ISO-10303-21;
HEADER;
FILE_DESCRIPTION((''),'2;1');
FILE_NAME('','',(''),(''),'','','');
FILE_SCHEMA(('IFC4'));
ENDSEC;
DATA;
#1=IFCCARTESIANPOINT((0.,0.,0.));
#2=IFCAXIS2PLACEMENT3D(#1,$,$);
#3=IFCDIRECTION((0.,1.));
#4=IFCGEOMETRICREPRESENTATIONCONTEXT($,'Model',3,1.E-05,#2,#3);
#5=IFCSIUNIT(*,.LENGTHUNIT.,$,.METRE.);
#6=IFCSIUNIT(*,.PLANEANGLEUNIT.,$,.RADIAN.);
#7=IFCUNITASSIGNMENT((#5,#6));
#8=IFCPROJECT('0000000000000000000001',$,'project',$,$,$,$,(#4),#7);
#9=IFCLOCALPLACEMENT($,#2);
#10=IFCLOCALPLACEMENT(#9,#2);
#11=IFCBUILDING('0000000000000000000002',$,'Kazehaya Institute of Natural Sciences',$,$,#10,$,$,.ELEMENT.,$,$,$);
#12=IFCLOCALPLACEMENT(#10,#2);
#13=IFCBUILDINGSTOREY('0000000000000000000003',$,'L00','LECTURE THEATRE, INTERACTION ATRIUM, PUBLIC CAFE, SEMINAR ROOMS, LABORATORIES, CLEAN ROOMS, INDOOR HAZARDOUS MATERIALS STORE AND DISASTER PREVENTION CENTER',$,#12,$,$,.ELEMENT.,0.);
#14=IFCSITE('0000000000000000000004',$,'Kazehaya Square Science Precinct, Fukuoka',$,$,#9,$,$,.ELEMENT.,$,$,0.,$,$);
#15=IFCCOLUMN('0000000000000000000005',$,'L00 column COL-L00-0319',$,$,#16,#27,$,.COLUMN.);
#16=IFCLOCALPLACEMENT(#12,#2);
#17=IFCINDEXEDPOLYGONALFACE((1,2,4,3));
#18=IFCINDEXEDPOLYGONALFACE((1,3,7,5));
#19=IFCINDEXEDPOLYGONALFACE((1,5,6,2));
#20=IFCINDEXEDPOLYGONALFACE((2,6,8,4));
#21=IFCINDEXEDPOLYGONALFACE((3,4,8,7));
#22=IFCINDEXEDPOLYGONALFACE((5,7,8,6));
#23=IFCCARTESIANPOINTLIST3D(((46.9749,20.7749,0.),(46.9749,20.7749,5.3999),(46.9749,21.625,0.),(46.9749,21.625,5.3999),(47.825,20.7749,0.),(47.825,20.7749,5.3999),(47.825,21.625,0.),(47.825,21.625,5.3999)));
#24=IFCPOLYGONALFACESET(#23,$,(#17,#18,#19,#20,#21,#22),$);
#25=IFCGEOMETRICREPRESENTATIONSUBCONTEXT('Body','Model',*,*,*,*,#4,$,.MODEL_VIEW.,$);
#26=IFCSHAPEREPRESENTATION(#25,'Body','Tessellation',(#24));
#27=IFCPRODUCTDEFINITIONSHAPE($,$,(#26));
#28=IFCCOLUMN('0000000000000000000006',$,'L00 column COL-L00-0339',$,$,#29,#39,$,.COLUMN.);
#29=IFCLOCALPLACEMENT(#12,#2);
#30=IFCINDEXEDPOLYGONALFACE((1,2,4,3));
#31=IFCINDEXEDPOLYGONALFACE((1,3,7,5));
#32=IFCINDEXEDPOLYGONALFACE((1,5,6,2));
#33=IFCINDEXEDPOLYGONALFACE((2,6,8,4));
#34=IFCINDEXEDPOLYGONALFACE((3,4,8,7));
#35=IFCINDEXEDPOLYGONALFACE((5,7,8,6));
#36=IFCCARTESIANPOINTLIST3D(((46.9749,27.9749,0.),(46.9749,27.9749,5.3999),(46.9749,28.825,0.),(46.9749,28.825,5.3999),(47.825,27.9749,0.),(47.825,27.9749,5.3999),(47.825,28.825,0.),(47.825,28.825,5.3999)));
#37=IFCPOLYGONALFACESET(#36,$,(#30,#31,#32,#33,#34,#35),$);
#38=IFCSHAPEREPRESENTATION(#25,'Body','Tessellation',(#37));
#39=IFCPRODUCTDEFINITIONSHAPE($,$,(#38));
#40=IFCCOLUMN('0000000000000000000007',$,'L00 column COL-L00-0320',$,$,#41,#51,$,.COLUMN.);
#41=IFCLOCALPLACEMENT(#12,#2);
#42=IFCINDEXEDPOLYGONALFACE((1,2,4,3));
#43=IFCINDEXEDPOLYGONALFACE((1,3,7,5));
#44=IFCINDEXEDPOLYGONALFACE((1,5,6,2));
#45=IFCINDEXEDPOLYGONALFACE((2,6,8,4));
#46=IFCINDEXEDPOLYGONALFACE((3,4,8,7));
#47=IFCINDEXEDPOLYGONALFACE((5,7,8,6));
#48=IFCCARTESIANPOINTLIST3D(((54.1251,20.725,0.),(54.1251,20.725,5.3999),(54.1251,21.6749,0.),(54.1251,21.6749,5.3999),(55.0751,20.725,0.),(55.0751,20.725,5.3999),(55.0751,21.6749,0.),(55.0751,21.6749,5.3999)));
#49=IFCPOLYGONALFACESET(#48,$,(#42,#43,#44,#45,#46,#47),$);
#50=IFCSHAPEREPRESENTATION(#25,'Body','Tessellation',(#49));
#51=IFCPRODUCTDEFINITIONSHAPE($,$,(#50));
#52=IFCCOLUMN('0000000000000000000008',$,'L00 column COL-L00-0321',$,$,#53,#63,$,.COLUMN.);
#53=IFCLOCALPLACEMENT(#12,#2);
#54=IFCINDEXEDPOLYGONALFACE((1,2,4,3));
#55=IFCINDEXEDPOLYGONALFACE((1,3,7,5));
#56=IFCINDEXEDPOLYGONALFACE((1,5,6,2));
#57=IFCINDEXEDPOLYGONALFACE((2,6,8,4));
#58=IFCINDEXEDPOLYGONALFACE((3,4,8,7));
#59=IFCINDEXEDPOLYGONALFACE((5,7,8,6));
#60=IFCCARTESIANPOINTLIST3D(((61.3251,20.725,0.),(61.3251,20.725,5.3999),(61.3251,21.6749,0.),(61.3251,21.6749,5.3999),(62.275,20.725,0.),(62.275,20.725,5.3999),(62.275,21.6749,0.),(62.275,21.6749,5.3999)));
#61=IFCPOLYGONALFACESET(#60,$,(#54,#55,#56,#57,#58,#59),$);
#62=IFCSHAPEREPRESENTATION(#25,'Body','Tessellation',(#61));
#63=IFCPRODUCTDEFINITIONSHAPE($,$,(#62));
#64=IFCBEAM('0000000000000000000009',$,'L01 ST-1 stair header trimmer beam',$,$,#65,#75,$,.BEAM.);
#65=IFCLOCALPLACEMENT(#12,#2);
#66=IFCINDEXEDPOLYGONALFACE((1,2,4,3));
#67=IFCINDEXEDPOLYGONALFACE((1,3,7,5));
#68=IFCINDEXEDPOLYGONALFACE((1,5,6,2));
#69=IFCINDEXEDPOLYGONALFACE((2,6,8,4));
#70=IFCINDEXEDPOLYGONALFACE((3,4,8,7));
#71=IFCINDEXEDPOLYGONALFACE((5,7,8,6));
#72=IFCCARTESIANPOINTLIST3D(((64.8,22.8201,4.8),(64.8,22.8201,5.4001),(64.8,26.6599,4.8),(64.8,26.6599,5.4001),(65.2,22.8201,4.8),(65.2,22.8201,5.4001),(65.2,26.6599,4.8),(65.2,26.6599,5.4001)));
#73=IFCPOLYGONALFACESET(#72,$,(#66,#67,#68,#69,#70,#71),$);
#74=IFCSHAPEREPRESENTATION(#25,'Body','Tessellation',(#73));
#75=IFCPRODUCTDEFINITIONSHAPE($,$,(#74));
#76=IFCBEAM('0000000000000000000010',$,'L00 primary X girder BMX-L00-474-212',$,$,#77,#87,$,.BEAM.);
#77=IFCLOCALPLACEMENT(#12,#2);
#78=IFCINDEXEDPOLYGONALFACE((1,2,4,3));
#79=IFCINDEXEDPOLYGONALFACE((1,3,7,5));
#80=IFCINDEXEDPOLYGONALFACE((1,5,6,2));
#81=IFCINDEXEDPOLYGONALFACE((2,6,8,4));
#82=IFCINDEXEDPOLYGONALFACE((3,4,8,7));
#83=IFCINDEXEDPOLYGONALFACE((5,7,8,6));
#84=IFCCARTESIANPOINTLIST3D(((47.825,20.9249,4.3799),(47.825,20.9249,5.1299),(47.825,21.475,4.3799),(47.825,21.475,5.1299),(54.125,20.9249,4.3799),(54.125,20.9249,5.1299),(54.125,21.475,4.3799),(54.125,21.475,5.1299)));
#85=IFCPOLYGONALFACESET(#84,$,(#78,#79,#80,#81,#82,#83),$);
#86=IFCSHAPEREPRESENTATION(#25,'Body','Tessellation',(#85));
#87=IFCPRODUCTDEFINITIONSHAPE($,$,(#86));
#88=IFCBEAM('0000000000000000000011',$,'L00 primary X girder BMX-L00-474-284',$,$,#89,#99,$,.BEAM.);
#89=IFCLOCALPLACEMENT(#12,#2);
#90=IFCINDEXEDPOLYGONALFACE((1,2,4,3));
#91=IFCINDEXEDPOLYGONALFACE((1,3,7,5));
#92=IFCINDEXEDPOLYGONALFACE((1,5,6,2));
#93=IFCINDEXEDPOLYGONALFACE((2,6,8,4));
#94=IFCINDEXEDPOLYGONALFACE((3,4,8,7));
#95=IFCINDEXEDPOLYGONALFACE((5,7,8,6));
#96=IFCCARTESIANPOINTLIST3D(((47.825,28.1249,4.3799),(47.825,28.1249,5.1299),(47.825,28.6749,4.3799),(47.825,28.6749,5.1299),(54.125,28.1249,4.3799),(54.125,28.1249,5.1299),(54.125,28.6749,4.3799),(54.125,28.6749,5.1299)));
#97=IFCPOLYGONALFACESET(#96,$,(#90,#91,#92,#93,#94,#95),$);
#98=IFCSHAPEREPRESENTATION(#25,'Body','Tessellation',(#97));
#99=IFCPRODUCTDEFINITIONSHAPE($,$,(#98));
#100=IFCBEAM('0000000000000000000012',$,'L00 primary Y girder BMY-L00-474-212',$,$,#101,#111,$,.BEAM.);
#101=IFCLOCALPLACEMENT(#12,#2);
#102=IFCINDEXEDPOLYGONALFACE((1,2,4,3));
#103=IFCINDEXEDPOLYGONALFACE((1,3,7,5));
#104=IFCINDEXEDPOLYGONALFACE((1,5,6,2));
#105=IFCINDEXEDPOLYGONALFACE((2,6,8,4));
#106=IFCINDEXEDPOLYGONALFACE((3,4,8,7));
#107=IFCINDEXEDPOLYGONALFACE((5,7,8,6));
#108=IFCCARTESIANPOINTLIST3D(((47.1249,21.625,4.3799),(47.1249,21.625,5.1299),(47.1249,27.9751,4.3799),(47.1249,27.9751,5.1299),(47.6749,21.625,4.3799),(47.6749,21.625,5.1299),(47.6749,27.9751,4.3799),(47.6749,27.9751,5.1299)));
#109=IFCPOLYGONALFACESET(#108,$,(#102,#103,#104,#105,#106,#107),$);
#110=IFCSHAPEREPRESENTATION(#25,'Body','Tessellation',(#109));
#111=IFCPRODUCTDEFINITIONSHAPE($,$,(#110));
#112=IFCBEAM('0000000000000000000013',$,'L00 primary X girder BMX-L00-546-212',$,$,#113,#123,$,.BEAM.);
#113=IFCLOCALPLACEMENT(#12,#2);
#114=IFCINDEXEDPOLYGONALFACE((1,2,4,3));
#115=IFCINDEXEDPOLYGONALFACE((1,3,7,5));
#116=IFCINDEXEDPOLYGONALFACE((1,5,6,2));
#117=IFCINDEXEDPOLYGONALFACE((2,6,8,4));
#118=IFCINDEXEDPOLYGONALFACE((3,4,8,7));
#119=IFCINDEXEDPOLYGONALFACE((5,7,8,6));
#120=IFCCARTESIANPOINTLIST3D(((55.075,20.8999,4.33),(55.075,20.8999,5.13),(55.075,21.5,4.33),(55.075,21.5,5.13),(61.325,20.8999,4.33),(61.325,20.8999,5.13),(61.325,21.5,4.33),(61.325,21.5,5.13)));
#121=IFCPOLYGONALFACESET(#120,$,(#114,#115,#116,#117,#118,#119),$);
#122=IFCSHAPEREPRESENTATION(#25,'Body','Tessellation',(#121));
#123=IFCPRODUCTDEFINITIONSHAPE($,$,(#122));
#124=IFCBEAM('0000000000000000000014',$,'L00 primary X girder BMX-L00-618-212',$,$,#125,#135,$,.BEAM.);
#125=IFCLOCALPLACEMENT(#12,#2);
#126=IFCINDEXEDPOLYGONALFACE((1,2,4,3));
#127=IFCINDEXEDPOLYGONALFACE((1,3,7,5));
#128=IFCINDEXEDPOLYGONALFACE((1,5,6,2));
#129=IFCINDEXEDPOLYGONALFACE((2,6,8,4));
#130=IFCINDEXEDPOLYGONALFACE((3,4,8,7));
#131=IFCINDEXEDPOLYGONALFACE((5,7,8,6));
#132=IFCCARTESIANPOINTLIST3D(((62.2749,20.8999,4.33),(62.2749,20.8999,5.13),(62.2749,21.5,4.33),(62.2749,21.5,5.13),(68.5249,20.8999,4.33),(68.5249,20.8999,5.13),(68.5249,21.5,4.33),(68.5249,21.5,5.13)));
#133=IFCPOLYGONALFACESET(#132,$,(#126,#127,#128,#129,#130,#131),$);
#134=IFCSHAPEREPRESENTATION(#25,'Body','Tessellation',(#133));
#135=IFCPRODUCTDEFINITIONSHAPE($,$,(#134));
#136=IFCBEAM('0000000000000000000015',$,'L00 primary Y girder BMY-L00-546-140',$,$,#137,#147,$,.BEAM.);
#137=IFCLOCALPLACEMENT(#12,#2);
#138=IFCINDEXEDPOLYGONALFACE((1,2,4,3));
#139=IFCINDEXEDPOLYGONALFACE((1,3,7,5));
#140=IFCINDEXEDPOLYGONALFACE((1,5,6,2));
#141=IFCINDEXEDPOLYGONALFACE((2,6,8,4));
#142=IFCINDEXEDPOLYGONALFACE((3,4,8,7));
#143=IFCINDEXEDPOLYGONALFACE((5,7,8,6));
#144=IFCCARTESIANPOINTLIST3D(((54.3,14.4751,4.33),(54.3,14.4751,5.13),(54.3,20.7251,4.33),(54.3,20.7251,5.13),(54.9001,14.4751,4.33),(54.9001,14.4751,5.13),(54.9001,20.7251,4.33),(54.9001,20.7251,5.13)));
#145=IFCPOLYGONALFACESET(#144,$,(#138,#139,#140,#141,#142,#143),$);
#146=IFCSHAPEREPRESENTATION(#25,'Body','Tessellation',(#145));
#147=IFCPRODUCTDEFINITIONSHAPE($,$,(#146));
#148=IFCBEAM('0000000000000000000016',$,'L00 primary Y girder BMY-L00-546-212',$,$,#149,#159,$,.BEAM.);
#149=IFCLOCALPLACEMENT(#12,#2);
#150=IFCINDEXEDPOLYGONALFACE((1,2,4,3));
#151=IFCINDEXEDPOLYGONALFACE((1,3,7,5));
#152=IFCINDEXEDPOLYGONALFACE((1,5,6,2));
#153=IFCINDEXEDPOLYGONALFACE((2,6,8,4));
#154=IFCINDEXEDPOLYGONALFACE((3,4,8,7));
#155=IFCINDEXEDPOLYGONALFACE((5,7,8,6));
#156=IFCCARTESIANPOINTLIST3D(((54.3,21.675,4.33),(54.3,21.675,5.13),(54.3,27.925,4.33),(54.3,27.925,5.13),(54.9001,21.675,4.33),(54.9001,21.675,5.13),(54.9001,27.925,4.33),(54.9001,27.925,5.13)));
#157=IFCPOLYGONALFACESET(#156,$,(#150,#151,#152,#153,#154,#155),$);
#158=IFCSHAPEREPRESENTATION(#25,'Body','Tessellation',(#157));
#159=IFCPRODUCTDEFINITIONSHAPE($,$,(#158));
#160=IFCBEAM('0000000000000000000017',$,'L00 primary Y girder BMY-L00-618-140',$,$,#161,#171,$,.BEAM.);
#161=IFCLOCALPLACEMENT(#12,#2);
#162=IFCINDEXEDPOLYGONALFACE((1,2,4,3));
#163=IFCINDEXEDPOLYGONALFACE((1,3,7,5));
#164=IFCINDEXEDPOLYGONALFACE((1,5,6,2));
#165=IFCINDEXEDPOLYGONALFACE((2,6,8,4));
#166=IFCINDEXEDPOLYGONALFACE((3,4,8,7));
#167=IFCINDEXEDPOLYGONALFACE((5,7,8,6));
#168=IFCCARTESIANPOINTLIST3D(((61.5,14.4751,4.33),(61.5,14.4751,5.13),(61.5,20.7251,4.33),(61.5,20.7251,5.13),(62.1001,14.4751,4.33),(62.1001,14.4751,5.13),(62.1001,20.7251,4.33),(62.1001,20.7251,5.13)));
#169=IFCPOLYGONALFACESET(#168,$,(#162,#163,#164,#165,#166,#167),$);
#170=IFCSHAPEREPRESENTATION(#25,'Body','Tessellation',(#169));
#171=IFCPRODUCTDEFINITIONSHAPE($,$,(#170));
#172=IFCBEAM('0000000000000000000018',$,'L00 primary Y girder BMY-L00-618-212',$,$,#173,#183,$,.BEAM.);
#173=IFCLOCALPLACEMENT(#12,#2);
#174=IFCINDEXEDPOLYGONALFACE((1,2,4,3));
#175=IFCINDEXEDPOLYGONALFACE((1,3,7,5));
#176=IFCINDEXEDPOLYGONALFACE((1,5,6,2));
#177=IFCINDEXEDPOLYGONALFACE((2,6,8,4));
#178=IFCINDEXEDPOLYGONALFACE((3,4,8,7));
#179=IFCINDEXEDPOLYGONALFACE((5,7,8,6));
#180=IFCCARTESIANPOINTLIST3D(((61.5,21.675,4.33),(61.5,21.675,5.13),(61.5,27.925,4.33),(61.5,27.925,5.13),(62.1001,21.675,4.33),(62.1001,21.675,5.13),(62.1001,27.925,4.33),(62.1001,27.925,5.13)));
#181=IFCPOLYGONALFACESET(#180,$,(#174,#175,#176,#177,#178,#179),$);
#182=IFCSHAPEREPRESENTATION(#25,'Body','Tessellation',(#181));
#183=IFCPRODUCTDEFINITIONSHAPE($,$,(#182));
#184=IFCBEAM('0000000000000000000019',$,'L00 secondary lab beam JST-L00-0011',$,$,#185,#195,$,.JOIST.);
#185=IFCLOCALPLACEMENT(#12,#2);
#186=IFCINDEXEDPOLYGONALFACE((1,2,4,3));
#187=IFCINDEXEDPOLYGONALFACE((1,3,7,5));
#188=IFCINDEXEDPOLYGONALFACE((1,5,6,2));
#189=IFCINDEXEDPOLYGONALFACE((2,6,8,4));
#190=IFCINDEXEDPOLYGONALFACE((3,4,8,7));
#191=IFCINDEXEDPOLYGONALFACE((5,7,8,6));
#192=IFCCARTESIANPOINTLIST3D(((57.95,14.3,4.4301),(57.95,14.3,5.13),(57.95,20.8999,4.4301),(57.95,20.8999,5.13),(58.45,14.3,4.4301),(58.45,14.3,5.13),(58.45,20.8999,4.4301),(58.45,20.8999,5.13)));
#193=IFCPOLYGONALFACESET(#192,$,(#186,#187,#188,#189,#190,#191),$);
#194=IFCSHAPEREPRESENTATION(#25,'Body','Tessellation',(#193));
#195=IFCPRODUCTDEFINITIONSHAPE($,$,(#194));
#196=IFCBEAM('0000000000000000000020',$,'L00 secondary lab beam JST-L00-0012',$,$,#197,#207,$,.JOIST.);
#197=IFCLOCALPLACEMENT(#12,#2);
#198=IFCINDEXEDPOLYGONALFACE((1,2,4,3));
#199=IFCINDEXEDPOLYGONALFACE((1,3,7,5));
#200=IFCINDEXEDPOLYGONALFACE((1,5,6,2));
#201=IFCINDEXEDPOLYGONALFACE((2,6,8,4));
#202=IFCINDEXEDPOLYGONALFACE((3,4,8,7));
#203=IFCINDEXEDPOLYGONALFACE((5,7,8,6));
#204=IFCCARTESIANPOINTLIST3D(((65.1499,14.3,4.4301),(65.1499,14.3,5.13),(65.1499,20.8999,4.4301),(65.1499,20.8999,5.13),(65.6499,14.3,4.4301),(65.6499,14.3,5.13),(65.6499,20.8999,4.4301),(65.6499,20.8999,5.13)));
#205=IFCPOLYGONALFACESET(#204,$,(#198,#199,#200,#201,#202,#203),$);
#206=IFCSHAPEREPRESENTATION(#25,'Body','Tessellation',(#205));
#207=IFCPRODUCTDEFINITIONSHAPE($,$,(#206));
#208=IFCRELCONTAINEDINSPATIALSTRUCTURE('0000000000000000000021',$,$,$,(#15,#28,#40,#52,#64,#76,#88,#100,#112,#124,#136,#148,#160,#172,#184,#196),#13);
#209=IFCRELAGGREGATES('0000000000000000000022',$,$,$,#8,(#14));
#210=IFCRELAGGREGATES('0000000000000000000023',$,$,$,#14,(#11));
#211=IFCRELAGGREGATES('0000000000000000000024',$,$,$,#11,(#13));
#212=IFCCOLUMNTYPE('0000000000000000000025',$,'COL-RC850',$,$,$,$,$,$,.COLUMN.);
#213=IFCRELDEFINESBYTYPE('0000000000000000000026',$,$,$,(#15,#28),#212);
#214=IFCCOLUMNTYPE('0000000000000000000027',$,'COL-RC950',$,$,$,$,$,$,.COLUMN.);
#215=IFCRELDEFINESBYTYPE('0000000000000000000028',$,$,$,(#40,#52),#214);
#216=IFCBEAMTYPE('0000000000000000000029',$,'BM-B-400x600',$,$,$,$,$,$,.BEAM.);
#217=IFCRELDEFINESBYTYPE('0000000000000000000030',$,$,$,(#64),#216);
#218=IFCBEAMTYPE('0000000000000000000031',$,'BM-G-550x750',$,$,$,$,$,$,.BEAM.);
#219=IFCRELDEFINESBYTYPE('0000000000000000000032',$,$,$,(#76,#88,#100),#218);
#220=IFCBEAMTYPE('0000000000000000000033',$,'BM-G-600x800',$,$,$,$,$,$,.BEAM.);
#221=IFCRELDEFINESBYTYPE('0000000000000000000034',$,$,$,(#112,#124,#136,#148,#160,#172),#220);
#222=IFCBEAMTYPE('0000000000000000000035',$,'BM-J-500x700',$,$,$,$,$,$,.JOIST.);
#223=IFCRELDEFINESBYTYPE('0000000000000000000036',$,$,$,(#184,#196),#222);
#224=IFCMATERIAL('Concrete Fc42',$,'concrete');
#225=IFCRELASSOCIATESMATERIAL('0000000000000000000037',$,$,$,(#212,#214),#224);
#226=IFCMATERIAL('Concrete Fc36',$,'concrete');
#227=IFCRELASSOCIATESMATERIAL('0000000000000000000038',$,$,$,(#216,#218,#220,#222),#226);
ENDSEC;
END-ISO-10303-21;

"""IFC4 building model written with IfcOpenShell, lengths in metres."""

from ifc_helpers import new_model, si_unit, direction, frame, origin, origin_2d, place, context, subcontext, project, spatial, rectangle, extrude, material, material_profile, profile_set, type_object, element, save


model = new_model("IFC4")

# Units and contexts
model_context = context("Model", 3, precision=1e-05, world=origin(), true_north=direction((0.0, 1.0)))
body_context = subcontext(model_context, "Body", "Model", "MODEL_VIEW")
ifc_project = project(units=[si_unit("LENGTHUNIT", "METRE"), si_unit("PLANEANGLEUNIT", "RADIAN")], contexts=[model_context])

# Site, building, storey
site_placement = place(None, origin())
site = spatial("IfcSite", under=ifc_project, at=site_placement, Name="Kazehaya Square Science Precinct, Fukuoka", CompositionType="ELEMENT", RefElevation=0.0)
building_placement = place(site_placement, origin())
building = spatial("IfcBuilding", under=site, at=building_placement, Name="Kazehaya Institute of Natural Sciences", CompositionType="ELEMENT")
storey_placement = place(building_placement, origin())
storey = spatial("IfcBuildingStorey", under=building, at=storey_placement, Name="L00", Description="LECTURE THEATRE, INTERACTION ATRIUM, PUBLIC CAFE, SEMINAR ROOMS, LABORATORIES, CLEAN ROOMS, INDOOR HAZARDOUS MATERIALS STORE AND DISASTER PREVENTION CENTER", CompositionType="ELEMENT", Elevation=0.0)

# Columns
ifc_material_1 = material(Name="Concrete Fc42", Category="concrete")
ifc_material_profile_1 = material_profile(ifc_material_1, rectangle(XDim=0.8501, YDim=0.8501, at=origin_2d()), Name="RC-850x850")
ifc_profile_set_1 = profile_set([ifc_material_profile_1], Name="Concrete Fc42")
column_type_1 = type_object("IfcColumnType", Name="COL-RC850", PredefinedType="COLUMN", material=ifc_profile_set_1)
for number, where, z_axis, x_axis, name in (
    (1, (47.3999, 21.2, 0.0), (0.0, 0.0, 1.0), (1.0, 0.0, 0.0), "L00 column COL-L00-0319"),
    (2, (47.3999, 28.3999, 0.0), (0.0, 0.0, 1.0), (1.0, 0.0, 0.0), "L00 column COL-L00-0339"),
):
    element("IfcColumn", number, at=place(storey_placement, frame(where, z_axis=z_axis, x_axis=x_axis)), inside=storey, type_object=column_type_1, Name=name, PredefinedType="COLUMN", context=body_context, shape_type="SweptSolid", body=[
        extrude(rectangle(XDim=0.8501, YDim=0.8501, at=origin_2d()), origin(), (0.0, 0.0, 1.0), 5.3999),
    ])
ifc_material_profile_2 = material_profile(ifc_material_1, rectangle(XDim=0.95, YDim=0.95, at=origin_2d()), Name="RC-950x950")
ifc_profile_set_2 = profile_set([ifc_material_profile_2], Name="Concrete Fc42")
column_type_2 = type_object("IfcColumnType", Name="COL-RC950", PredefinedType="COLUMN", material=ifc_profile_set_2)
for number, where, z_axis, x_axis, name in (
    (3, (54.6001, 21.2, 0.0), (0.0, 0.0, 1.0), (1.0, 0.0, 0.0), "L00 column COL-L00-0320"),
    (4, (61.8, 21.2, 0.0), (0.0, 0.0, 1.0), (1.0, 0.0, 0.0), "L00 column COL-L00-0321"),
):
    element("IfcColumn", number, at=place(storey_placement, frame(where, z_axis=z_axis, x_axis=x_axis)), inside=storey, type_object=column_type_2, Name=name, PredefinedType="COLUMN", context=body_context, shape_type="SweptSolid", body=[
        extrude(rectangle(XDim=0.95, YDim=0.95, at=origin_2d()), origin(), (0.0, 0.0, 1.0), 5.3999),
    ])

# Beams
ifc_material_2 = material(Name="Concrete Fc36", Category="concrete")
ifc_material_profile_3 = material_profile(ifc_material_2, rectangle(XDim=0.3999, YDim=0.6001, at=origin_2d()), Name="RC-400x600")
ifc_profile_set_3 = profile_set([ifc_material_profile_3], Name="Concrete Fc36")
beam_type_1 = type_object("IfcBeamType", Name="BM-B-400x600", PredefinedType="BEAM", material=ifc_profile_set_3)
beam_1_placement = place(storey_placement, frame((65.0, 22.8201, 5.1001), z_axis=(0.0, 1.0, 0.0), x_axis=(-1.0, 0.0, 0.0)))
element("IfcBeam", 5, at=beam_1_placement, inside=storey, type_object=beam_type_1, Name="L01 ST-1 stair header trimmer beam", PredefinedType="BEAM", context=body_context, shape_type="SweptSolid", body=[
    extrude(rectangle(XDim=0.3999, YDim=0.6001, at=origin_2d()), origin(), (0.0, 0.0, 1.0), 3.8398),
])
ifc_material_profile_4 = material_profile(ifc_material_2, rectangle(XDim=0.55, YDim=0.75, at=origin_2d()), Name="RC-550x750")
ifc_profile_set_4 = profile_set([ifc_material_profile_4], Name="Concrete Fc36")
beam_type_2 = type_object("IfcBeamType", Name="BM-G-550x750", PredefinedType="BEAM", material=ifc_profile_set_4)
for number, where, z_axis, x_axis, name in (
    (6, (47.825, 21.2, 4.7549), (1.0, 0.0, 0.0), (0.0, 1.0, 0.0), "L00 primary X girder BMX-L00-474-212"),
    (7, (47.825, 28.3999, 4.7549), (1.0, 0.0, 0.0), (0.0, 1.0, 0.0), "L00 primary X girder BMX-L00-474-284"),
):
    element("IfcBeam", number, at=place(storey_placement, frame(where, z_axis=z_axis, x_axis=x_axis)), inside=storey, type_object=beam_type_2, Name=name, PredefinedType="BEAM", context=body_context, shape_type="SweptSolid", body=[
        extrude(rectangle(XDim=0.55, YDim=0.75, at=origin_2d()), origin(), (0.0, 0.0, 1.0), 6.3),
    ])
beam_2_placement = place(storey_placement, frame((47.3999, 21.625, 4.7549), z_axis=(0.0, 1.0, 0.0), x_axis=(-1.0, 0.0, 0.0)))
element("IfcBeam", 8, at=beam_2_placement, inside=storey, type_object=beam_type_2, Name="L00 primary Y girder BMY-L00-474-212", PredefinedType="BEAM", context=body_context, shape_type="SweptSolid", body=[
    extrude(rectangle(XDim=0.55, YDim=0.75, at=origin_2d()), origin(), (0.0, 0.0, 1.0), 6.3501),
])
ifc_material_profile_5 = material_profile(ifc_material_2, rectangle(XDim=0.6001, YDim=0.8, at=origin_2d()), Name="RC-600x800")
ifc_profile_set_5 = profile_set([ifc_material_profile_5], Name="Concrete Fc36")
beam_type_3 = type_object("IfcBeamType", Name="BM-G-600x800", PredefinedType="BEAM", material=ifc_profile_set_5)
for number, where, z_axis, x_axis, name in (
    (9, (55.075, 21.2, 4.73), (1.0, 0.0, 0.0), (0.0, 1.0, 0.0), "L00 primary X girder BMX-L00-546-212"),
    (10, (62.2749, 21.2, 4.73), (1.0, 0.0, 0.0), (0.0, 1.0, 0.0), "L00 primary X girder BMX-L00-618-212"),
    (11, (54.6001, 14.4751, 4.73), (0.0, 1.0, 0.0), (-1.0, 0.0, 0.0), "L00 primary Y girder BMY-L00-546-140"),
    (12, (54.6001, 21.675, 4.73), (0.0, 1.0, 0.0), (-1.0, 0.0, 0.0), "L00 primary Y girder BMY-L00-546-212"),
    (13, (61.8, 14.4751, 4.73), (0.0, 1.0, 0.0), (-1.0, 0.0, 0.0), "L00 primary Y girder BMY-L00-618-140"),
    (14, (61.8, 21.675, 4.73), (0.0, 1.0, 0.0), (-1.0, 0.0, 0.0), "L00 primary Y girder BMY-L00-618-212"),
):
    element("IfcBeam", number, at=place(storey_placement, frame(where, z_axis=z_axis, x_axis=x_axis)), inside=storey, type_object=beam_type_3, Name=name, PredefinedType="BEAM", context=body_context, shape_type="SweptSolid", body=[
        extrude(rectangle(XDim=0.6001, YDim=0.8, at=origin_2d()), origin(), (0.0, 0.0, 1.0), 6.25),
    ])
ifc_material_profile_6 = material_profile(ifc_material_2, rectangle(XDim=0.5, YDim=0.7, at=origin_2d()), Name="RC-500x700")
ifc_profile_set_6 = profile_set([ifc_material_profile_6], Name="Concrete Fc36")
beam_type_4 = type_object("IfcBeamType", Name="BM-J-500x700", PredefinedType="JOIST", material=ifc_profile_set_6)
for number, where, z_axis, x_axis, name in (
    (15, (58.2, 14.3, 4.78), (0.0, 1.0, 0.0), (-1.0, 0.0, 0.0), "L00 secondary lab beam JST-L00-0011"),
    (16, (65.3999, 14.3, 4.78), (0.0, 1.0, 0.0), (-1.0, 0.0, 0.0), "L00 secondary lab beam JST-L00-0012"),
):
    element("IfcBeam", number, at=place(storey_placement, frame(where, z_axis=z_axis, x_axis=x_axis)), inside=storey, type_object=beam_type_4, Name=name, PredefinedType="JOIST", context=body_context, shape_type="SweptSolid", body=[
        extrude(rectangle(XDim=0.5, YDim=0.7, at=origin_2d()), origin(), (0.0, 0.0, 1.0), 6.5999),
    ])

save(model, "model.ifc")
